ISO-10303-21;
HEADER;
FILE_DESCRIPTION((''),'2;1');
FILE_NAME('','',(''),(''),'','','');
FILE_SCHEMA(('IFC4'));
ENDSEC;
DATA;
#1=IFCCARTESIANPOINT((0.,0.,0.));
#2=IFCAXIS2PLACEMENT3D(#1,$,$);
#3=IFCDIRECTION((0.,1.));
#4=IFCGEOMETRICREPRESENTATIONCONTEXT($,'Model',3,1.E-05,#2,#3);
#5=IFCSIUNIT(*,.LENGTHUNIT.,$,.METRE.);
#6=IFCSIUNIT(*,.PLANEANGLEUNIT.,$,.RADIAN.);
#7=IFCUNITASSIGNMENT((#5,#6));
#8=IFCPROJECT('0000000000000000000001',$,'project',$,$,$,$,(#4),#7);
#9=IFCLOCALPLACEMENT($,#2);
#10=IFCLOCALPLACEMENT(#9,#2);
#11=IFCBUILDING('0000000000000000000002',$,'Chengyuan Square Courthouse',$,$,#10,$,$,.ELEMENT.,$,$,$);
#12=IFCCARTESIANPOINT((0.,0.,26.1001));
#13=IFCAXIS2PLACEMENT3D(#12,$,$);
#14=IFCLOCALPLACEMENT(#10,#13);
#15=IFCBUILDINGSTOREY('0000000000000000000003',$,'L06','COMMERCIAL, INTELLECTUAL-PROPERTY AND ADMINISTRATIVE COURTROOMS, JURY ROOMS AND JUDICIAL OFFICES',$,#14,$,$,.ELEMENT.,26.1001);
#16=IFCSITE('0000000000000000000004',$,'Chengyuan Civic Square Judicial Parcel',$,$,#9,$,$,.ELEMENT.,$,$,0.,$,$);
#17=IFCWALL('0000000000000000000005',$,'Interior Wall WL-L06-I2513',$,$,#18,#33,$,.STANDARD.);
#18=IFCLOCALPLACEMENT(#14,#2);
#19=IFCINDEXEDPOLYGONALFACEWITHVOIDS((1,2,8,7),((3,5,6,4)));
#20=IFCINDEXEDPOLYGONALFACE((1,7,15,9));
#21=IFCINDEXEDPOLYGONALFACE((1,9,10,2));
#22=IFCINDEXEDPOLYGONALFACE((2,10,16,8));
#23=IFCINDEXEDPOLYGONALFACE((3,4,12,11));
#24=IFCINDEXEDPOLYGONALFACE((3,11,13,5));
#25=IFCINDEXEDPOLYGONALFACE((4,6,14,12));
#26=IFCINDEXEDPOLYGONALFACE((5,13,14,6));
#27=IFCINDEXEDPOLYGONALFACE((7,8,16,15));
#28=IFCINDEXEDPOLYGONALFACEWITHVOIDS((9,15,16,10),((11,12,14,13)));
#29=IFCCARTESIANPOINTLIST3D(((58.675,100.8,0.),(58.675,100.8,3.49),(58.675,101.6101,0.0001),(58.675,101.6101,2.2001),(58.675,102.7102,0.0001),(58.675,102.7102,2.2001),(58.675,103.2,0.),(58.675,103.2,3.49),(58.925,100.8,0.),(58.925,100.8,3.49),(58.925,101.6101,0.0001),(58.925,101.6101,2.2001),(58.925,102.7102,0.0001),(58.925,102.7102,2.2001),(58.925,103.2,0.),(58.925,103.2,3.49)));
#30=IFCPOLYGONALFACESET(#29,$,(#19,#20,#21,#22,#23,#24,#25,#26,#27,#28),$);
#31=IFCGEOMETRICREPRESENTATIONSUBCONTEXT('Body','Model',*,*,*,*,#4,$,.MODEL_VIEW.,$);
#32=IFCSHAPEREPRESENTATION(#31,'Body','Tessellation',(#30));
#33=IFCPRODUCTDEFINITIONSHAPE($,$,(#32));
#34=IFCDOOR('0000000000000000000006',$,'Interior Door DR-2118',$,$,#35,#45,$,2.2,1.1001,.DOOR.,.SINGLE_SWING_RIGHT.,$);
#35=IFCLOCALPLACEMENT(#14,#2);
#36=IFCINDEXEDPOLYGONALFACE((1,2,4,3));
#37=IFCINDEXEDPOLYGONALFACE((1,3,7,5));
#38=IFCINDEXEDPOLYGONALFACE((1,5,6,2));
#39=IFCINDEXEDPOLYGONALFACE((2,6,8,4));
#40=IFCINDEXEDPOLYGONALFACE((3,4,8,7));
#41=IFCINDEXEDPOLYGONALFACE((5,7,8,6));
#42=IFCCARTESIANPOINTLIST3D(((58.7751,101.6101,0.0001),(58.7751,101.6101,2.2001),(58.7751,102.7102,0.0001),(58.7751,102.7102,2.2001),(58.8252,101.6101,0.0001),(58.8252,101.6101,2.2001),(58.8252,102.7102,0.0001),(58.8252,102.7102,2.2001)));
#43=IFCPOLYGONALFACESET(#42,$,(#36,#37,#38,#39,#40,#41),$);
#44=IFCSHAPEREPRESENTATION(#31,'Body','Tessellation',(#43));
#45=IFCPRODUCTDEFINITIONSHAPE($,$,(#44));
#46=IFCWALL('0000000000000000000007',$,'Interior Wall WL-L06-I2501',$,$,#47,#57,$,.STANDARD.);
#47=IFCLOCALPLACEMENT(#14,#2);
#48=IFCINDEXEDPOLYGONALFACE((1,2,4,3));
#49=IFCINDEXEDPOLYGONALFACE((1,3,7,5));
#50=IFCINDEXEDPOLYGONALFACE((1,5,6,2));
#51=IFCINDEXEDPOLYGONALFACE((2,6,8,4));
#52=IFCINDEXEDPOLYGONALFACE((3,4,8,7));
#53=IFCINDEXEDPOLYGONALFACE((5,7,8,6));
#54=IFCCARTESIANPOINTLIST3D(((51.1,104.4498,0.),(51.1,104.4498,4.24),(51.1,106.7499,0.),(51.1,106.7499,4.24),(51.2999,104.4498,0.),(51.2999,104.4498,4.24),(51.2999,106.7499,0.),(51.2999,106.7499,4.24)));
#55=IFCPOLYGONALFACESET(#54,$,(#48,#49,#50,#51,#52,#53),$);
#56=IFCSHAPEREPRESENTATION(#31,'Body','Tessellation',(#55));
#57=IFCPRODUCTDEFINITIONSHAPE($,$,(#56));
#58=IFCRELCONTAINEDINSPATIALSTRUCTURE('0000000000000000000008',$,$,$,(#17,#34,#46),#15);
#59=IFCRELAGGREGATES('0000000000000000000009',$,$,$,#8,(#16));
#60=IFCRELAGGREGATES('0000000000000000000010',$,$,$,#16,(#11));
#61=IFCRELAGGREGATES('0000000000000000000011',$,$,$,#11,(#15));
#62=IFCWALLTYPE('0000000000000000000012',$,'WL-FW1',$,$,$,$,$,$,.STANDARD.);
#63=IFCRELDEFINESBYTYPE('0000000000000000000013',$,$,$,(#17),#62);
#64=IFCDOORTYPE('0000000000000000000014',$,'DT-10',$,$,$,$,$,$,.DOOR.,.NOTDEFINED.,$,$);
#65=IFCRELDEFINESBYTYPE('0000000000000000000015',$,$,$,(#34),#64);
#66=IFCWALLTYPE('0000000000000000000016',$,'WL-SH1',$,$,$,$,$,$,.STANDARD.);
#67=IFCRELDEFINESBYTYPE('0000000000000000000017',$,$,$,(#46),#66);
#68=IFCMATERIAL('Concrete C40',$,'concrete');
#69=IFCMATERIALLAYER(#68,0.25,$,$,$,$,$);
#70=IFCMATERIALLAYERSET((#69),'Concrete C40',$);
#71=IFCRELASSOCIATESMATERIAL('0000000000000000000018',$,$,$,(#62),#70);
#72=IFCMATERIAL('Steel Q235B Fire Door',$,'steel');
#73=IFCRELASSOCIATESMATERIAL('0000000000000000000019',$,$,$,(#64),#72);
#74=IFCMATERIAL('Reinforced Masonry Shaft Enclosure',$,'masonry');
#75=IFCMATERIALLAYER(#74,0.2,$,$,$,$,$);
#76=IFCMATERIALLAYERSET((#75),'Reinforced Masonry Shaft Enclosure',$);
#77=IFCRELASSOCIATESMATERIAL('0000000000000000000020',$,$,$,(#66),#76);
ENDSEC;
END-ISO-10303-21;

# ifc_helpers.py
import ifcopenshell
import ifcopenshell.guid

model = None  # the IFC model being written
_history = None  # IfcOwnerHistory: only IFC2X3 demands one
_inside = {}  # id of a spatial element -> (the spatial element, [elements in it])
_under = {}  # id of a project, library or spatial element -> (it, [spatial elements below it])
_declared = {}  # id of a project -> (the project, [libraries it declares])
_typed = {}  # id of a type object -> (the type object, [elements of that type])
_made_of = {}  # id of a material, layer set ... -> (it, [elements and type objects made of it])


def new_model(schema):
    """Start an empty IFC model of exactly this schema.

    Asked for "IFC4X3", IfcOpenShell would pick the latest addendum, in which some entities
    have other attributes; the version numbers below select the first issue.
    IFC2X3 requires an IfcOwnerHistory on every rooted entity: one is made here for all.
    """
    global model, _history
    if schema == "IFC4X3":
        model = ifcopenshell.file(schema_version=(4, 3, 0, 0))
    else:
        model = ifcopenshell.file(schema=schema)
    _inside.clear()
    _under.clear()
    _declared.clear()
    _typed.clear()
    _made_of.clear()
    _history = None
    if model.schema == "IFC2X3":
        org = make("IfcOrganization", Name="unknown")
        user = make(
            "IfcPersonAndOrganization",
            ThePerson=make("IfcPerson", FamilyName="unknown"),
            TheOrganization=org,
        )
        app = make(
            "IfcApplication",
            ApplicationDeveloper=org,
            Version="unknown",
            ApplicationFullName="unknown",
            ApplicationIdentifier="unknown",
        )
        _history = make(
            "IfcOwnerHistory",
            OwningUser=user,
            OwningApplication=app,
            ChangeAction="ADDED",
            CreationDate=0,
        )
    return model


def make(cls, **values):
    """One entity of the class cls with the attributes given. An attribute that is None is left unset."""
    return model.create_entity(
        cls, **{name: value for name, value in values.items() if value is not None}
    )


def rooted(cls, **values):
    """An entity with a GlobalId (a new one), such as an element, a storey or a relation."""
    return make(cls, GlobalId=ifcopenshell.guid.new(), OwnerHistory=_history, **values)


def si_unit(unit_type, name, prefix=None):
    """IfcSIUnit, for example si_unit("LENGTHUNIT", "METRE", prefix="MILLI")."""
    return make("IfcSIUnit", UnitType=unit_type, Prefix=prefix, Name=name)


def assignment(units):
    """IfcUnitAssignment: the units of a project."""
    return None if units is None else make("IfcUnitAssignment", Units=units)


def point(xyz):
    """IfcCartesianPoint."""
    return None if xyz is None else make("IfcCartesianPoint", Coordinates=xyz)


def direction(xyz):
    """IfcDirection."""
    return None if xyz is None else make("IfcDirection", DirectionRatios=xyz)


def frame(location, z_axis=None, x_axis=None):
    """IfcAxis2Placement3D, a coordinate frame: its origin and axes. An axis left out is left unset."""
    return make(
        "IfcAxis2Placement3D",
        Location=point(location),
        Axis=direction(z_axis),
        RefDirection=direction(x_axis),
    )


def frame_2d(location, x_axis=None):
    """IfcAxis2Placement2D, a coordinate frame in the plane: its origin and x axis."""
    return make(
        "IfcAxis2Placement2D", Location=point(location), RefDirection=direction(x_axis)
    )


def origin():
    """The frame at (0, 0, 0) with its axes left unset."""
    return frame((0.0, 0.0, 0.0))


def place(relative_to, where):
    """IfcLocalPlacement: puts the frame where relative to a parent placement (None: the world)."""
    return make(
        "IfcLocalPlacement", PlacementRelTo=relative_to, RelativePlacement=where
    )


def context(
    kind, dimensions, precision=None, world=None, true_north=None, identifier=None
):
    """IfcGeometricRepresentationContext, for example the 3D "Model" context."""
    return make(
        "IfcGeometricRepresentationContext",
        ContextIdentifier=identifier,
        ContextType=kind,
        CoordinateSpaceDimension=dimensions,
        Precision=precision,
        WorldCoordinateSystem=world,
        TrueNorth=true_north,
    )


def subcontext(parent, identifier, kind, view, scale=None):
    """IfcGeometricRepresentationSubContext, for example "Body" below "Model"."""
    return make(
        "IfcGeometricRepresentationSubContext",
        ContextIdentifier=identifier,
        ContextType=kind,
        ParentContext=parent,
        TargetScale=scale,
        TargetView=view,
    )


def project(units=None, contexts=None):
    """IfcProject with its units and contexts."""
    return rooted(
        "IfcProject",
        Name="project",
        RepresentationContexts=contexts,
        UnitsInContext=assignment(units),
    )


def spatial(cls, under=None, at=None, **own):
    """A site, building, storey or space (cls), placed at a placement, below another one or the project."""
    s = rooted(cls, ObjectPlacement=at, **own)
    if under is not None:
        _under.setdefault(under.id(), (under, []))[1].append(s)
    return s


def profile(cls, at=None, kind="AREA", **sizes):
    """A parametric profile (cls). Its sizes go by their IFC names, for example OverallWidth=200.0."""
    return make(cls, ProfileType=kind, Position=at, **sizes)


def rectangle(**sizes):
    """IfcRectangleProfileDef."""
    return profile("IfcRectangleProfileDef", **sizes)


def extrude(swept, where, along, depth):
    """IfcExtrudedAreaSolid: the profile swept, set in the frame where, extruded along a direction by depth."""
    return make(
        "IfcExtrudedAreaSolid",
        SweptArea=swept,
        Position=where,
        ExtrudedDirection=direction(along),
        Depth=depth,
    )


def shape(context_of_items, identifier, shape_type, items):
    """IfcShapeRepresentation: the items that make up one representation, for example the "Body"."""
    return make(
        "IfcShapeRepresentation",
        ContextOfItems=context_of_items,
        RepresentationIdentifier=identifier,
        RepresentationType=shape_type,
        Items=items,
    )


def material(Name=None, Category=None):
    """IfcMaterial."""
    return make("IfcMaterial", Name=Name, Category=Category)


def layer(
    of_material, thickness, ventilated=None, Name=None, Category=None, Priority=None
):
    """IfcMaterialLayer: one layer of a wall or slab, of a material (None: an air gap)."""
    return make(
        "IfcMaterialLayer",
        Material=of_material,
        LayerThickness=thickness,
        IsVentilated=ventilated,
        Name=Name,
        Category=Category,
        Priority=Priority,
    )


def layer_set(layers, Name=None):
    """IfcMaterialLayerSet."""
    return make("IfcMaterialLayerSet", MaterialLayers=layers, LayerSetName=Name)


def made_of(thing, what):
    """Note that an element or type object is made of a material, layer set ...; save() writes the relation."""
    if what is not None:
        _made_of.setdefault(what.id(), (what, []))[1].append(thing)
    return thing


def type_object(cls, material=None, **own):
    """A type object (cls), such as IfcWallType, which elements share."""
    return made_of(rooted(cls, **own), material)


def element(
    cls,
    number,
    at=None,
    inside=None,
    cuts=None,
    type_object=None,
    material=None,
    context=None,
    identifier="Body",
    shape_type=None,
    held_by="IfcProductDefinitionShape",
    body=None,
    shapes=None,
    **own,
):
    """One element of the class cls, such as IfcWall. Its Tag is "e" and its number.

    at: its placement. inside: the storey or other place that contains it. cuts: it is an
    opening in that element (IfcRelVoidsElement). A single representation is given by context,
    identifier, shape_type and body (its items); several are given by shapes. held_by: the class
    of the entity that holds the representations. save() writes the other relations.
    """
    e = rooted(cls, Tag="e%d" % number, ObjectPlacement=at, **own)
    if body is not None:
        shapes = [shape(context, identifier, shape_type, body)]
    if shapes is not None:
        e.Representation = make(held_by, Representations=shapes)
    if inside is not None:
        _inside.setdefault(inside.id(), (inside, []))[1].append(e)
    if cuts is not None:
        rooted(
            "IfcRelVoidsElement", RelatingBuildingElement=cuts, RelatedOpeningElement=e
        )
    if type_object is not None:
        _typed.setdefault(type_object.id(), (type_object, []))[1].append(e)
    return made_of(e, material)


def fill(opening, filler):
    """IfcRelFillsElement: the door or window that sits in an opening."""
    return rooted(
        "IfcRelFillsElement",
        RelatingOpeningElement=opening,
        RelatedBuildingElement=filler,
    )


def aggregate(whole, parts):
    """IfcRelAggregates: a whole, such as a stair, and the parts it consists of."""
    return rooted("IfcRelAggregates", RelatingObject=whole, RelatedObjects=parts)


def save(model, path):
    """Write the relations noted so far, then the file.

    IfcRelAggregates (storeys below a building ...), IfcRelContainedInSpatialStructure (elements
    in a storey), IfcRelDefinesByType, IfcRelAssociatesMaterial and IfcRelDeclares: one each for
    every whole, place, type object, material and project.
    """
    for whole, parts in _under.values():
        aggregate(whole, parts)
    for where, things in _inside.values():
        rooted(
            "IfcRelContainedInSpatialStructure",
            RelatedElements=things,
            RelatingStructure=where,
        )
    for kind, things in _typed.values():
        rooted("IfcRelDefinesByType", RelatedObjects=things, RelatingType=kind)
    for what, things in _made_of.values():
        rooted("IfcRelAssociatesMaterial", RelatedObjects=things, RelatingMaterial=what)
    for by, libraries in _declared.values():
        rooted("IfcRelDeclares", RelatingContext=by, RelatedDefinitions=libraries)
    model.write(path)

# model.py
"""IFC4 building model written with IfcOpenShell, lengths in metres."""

from ifc_helpers import new_model, si_unit, direction, frame, frame_2d, origin, place, context, subcontext, project, spatial, rectangle, extrude, material, layer, layer_set, type_object, element, fill, save


model = new_model("IFC4")

# Units and contexts
model_context = context("Model", 3, precision=1e-05, world=origin(), true_north=direction((0.0, 1.0)))
body_context = subcontext(model_context, "Body", "Model", "MODEL_VIEW")
ifc_project = project(units=[si_unit("LENGTHUNIT", "METRE"), si_unit("PLANEANGLEUNIT", "RADIAN")], contexts=[model_context])

# Site, building, storey
site_placement = place(None, origin())
site = spatial("IfcSite", under=ifc_project, at=site_placement, Name="Chengyuan Civic Square Judicial Parcel", CompositionType="ELEMENT", RefElevation=0.0)
building_placement = place(site_placement, origin())
building = spatial("IfcBuilding", under=site, at=building_placement, Name="Chengyuan Square Courthouse", CompositionType="ELEMENT")
storey_placement = place(building_placement, frame((0.0, 0.0, 26.1001)))
storey = spatial("IfcBuildingStorey", under=building, at=storey_placement, Name="L06", Description="COMMERCIAL, INTELLECTUAL-PROPERTY AND ADMINISTRATIVE COURTROOMS, JURY ROOMS AND JUDICIAL OFFICES", CompositionType="ELEMENT", Elevation=26.1001)

# Shared definitions
ifc_material_1 = material(Name="Concrete C40", Category="concrete")

# Shared definitions
ifc_layer_1 = layer(ifc_material_1, 0.25)
ifc_layer_set_1 = layer_set([ifc_layer_1], Name="Concrete C40")
wall_type_1 = type_object("IfcWallType", Name="WL-FW1", PredefinedType="STANDARD", material=ifc_layer_set_1)
ifc_material_2 = material(Name="Steel Q235B Fire Door", Category="steel")

# Wall, opening, door
wall_1_placement = place(storey_placement, frame((58.8, 100.8, 0.0), z_axis=(0.0, 0.0, 1.0), x_axis=(0.0, 1.0, 0.0)))
wall_1 = element("IfcWall", 1, at=wall_1_placement, inside=storey, type_object=wall_type_1, Name="Interior Wall WL-L06-I2513", PredefinedType="STANDARD", context=body_context, shape_type="SweptSolid", body=[
    extrude(rectangle(XDim=2.3999, YDim=0.25, at=frame_2d((1.2, 0.0))), origin(), (0.0, 0.0, 1.0), 3.49),
])
opening_1_placement = place(wall_1_placement, frame((0.8101, 0.0, 0.0)))
opening_1 = element("IfcOpeningElement", 2, at=opening_1_placement, cuts=wall_1, PredefinedType="OPENING", context=body_context, shape_type="SweptSolid", body=[
    extrude(rectangle(XDim=1.1001, YDim=2.2, at=frame_2d((0.55, 1.1001))), frame((0.0, 0.137, 0.0), z_axis=(0.0, -1.0, 0.0), x_axis=(1.0, 0.0, 0.0)), (0.0, 0.0, 1.0), 0.2739),
])
door_type_1 = type_object("IfcDoorType", Name="DT-10", OperationType="NOTDEFINED", PredefinedType="DOOR", material=ifc_material_2)
door_1_placement = place(opening_1_placement, origin())
door_1 = element("IfcDoor", 3, at=door_1_placement, inside=storey, type_object=door_type_1, Name="Interior Door DR-2118", OperationType="SINGLE_SWING_RIGHT", OverallHeight=2.2, OverallWidth=1.1001, PredefinedType="DOOR", context=body_context, shape_type="SweptSolid", body=[
    extrude(rectangle(XDim=1.1001, YDim=2.2, at=frame_2d((0.55, 1.1001))), frame((0.0, 0.0249, 0.0), z_axis=(0.0, -1.0, 0.0), x_axis=(1.0, 0.0, 0.0)), (0.0, 0.0, 1.0), 0.05),
])
fill(opening_1, door_1)
ifc_material_3 = material(Name="Reinforced Masonry Shaft Enclosure", Category="masonry")
ifc_layer_2 = layer(ifc_material_3, 0.2)
ifc_layer_set_2 = layer_set([ifc_layer_2], Name="Reinforced Masonry Shaft Enclosure")
wall_type_2 = type_object("IfcWallType", Name="WL-SH1", PredefinedType="STANDARD", material=ifc_layer_set_2)

# Wall
wall_2_placement = place(storey_placement, frame((51.2, 104.45, 0.0), z_axis=(0.0, 0.0, 1.0), x_axis=(0.0, 1.0, 0.0)))
element("IfcWall", 4, at=wall_2_placement, inside=storey, type_object=wall_type_2, Name="Interior Wall WL-L06-I2501", PredefinedType="STANDARD", context=body_context, shape_type="SweptSolid", body=[
    extrude(rectangle(XDim=2.3, YDim=0.2, at=frame_2d((1.1499, 0.0))), origin(), (0.0, 0.0, 1.0), 4.24),
])

save(model, "model.ifc")
